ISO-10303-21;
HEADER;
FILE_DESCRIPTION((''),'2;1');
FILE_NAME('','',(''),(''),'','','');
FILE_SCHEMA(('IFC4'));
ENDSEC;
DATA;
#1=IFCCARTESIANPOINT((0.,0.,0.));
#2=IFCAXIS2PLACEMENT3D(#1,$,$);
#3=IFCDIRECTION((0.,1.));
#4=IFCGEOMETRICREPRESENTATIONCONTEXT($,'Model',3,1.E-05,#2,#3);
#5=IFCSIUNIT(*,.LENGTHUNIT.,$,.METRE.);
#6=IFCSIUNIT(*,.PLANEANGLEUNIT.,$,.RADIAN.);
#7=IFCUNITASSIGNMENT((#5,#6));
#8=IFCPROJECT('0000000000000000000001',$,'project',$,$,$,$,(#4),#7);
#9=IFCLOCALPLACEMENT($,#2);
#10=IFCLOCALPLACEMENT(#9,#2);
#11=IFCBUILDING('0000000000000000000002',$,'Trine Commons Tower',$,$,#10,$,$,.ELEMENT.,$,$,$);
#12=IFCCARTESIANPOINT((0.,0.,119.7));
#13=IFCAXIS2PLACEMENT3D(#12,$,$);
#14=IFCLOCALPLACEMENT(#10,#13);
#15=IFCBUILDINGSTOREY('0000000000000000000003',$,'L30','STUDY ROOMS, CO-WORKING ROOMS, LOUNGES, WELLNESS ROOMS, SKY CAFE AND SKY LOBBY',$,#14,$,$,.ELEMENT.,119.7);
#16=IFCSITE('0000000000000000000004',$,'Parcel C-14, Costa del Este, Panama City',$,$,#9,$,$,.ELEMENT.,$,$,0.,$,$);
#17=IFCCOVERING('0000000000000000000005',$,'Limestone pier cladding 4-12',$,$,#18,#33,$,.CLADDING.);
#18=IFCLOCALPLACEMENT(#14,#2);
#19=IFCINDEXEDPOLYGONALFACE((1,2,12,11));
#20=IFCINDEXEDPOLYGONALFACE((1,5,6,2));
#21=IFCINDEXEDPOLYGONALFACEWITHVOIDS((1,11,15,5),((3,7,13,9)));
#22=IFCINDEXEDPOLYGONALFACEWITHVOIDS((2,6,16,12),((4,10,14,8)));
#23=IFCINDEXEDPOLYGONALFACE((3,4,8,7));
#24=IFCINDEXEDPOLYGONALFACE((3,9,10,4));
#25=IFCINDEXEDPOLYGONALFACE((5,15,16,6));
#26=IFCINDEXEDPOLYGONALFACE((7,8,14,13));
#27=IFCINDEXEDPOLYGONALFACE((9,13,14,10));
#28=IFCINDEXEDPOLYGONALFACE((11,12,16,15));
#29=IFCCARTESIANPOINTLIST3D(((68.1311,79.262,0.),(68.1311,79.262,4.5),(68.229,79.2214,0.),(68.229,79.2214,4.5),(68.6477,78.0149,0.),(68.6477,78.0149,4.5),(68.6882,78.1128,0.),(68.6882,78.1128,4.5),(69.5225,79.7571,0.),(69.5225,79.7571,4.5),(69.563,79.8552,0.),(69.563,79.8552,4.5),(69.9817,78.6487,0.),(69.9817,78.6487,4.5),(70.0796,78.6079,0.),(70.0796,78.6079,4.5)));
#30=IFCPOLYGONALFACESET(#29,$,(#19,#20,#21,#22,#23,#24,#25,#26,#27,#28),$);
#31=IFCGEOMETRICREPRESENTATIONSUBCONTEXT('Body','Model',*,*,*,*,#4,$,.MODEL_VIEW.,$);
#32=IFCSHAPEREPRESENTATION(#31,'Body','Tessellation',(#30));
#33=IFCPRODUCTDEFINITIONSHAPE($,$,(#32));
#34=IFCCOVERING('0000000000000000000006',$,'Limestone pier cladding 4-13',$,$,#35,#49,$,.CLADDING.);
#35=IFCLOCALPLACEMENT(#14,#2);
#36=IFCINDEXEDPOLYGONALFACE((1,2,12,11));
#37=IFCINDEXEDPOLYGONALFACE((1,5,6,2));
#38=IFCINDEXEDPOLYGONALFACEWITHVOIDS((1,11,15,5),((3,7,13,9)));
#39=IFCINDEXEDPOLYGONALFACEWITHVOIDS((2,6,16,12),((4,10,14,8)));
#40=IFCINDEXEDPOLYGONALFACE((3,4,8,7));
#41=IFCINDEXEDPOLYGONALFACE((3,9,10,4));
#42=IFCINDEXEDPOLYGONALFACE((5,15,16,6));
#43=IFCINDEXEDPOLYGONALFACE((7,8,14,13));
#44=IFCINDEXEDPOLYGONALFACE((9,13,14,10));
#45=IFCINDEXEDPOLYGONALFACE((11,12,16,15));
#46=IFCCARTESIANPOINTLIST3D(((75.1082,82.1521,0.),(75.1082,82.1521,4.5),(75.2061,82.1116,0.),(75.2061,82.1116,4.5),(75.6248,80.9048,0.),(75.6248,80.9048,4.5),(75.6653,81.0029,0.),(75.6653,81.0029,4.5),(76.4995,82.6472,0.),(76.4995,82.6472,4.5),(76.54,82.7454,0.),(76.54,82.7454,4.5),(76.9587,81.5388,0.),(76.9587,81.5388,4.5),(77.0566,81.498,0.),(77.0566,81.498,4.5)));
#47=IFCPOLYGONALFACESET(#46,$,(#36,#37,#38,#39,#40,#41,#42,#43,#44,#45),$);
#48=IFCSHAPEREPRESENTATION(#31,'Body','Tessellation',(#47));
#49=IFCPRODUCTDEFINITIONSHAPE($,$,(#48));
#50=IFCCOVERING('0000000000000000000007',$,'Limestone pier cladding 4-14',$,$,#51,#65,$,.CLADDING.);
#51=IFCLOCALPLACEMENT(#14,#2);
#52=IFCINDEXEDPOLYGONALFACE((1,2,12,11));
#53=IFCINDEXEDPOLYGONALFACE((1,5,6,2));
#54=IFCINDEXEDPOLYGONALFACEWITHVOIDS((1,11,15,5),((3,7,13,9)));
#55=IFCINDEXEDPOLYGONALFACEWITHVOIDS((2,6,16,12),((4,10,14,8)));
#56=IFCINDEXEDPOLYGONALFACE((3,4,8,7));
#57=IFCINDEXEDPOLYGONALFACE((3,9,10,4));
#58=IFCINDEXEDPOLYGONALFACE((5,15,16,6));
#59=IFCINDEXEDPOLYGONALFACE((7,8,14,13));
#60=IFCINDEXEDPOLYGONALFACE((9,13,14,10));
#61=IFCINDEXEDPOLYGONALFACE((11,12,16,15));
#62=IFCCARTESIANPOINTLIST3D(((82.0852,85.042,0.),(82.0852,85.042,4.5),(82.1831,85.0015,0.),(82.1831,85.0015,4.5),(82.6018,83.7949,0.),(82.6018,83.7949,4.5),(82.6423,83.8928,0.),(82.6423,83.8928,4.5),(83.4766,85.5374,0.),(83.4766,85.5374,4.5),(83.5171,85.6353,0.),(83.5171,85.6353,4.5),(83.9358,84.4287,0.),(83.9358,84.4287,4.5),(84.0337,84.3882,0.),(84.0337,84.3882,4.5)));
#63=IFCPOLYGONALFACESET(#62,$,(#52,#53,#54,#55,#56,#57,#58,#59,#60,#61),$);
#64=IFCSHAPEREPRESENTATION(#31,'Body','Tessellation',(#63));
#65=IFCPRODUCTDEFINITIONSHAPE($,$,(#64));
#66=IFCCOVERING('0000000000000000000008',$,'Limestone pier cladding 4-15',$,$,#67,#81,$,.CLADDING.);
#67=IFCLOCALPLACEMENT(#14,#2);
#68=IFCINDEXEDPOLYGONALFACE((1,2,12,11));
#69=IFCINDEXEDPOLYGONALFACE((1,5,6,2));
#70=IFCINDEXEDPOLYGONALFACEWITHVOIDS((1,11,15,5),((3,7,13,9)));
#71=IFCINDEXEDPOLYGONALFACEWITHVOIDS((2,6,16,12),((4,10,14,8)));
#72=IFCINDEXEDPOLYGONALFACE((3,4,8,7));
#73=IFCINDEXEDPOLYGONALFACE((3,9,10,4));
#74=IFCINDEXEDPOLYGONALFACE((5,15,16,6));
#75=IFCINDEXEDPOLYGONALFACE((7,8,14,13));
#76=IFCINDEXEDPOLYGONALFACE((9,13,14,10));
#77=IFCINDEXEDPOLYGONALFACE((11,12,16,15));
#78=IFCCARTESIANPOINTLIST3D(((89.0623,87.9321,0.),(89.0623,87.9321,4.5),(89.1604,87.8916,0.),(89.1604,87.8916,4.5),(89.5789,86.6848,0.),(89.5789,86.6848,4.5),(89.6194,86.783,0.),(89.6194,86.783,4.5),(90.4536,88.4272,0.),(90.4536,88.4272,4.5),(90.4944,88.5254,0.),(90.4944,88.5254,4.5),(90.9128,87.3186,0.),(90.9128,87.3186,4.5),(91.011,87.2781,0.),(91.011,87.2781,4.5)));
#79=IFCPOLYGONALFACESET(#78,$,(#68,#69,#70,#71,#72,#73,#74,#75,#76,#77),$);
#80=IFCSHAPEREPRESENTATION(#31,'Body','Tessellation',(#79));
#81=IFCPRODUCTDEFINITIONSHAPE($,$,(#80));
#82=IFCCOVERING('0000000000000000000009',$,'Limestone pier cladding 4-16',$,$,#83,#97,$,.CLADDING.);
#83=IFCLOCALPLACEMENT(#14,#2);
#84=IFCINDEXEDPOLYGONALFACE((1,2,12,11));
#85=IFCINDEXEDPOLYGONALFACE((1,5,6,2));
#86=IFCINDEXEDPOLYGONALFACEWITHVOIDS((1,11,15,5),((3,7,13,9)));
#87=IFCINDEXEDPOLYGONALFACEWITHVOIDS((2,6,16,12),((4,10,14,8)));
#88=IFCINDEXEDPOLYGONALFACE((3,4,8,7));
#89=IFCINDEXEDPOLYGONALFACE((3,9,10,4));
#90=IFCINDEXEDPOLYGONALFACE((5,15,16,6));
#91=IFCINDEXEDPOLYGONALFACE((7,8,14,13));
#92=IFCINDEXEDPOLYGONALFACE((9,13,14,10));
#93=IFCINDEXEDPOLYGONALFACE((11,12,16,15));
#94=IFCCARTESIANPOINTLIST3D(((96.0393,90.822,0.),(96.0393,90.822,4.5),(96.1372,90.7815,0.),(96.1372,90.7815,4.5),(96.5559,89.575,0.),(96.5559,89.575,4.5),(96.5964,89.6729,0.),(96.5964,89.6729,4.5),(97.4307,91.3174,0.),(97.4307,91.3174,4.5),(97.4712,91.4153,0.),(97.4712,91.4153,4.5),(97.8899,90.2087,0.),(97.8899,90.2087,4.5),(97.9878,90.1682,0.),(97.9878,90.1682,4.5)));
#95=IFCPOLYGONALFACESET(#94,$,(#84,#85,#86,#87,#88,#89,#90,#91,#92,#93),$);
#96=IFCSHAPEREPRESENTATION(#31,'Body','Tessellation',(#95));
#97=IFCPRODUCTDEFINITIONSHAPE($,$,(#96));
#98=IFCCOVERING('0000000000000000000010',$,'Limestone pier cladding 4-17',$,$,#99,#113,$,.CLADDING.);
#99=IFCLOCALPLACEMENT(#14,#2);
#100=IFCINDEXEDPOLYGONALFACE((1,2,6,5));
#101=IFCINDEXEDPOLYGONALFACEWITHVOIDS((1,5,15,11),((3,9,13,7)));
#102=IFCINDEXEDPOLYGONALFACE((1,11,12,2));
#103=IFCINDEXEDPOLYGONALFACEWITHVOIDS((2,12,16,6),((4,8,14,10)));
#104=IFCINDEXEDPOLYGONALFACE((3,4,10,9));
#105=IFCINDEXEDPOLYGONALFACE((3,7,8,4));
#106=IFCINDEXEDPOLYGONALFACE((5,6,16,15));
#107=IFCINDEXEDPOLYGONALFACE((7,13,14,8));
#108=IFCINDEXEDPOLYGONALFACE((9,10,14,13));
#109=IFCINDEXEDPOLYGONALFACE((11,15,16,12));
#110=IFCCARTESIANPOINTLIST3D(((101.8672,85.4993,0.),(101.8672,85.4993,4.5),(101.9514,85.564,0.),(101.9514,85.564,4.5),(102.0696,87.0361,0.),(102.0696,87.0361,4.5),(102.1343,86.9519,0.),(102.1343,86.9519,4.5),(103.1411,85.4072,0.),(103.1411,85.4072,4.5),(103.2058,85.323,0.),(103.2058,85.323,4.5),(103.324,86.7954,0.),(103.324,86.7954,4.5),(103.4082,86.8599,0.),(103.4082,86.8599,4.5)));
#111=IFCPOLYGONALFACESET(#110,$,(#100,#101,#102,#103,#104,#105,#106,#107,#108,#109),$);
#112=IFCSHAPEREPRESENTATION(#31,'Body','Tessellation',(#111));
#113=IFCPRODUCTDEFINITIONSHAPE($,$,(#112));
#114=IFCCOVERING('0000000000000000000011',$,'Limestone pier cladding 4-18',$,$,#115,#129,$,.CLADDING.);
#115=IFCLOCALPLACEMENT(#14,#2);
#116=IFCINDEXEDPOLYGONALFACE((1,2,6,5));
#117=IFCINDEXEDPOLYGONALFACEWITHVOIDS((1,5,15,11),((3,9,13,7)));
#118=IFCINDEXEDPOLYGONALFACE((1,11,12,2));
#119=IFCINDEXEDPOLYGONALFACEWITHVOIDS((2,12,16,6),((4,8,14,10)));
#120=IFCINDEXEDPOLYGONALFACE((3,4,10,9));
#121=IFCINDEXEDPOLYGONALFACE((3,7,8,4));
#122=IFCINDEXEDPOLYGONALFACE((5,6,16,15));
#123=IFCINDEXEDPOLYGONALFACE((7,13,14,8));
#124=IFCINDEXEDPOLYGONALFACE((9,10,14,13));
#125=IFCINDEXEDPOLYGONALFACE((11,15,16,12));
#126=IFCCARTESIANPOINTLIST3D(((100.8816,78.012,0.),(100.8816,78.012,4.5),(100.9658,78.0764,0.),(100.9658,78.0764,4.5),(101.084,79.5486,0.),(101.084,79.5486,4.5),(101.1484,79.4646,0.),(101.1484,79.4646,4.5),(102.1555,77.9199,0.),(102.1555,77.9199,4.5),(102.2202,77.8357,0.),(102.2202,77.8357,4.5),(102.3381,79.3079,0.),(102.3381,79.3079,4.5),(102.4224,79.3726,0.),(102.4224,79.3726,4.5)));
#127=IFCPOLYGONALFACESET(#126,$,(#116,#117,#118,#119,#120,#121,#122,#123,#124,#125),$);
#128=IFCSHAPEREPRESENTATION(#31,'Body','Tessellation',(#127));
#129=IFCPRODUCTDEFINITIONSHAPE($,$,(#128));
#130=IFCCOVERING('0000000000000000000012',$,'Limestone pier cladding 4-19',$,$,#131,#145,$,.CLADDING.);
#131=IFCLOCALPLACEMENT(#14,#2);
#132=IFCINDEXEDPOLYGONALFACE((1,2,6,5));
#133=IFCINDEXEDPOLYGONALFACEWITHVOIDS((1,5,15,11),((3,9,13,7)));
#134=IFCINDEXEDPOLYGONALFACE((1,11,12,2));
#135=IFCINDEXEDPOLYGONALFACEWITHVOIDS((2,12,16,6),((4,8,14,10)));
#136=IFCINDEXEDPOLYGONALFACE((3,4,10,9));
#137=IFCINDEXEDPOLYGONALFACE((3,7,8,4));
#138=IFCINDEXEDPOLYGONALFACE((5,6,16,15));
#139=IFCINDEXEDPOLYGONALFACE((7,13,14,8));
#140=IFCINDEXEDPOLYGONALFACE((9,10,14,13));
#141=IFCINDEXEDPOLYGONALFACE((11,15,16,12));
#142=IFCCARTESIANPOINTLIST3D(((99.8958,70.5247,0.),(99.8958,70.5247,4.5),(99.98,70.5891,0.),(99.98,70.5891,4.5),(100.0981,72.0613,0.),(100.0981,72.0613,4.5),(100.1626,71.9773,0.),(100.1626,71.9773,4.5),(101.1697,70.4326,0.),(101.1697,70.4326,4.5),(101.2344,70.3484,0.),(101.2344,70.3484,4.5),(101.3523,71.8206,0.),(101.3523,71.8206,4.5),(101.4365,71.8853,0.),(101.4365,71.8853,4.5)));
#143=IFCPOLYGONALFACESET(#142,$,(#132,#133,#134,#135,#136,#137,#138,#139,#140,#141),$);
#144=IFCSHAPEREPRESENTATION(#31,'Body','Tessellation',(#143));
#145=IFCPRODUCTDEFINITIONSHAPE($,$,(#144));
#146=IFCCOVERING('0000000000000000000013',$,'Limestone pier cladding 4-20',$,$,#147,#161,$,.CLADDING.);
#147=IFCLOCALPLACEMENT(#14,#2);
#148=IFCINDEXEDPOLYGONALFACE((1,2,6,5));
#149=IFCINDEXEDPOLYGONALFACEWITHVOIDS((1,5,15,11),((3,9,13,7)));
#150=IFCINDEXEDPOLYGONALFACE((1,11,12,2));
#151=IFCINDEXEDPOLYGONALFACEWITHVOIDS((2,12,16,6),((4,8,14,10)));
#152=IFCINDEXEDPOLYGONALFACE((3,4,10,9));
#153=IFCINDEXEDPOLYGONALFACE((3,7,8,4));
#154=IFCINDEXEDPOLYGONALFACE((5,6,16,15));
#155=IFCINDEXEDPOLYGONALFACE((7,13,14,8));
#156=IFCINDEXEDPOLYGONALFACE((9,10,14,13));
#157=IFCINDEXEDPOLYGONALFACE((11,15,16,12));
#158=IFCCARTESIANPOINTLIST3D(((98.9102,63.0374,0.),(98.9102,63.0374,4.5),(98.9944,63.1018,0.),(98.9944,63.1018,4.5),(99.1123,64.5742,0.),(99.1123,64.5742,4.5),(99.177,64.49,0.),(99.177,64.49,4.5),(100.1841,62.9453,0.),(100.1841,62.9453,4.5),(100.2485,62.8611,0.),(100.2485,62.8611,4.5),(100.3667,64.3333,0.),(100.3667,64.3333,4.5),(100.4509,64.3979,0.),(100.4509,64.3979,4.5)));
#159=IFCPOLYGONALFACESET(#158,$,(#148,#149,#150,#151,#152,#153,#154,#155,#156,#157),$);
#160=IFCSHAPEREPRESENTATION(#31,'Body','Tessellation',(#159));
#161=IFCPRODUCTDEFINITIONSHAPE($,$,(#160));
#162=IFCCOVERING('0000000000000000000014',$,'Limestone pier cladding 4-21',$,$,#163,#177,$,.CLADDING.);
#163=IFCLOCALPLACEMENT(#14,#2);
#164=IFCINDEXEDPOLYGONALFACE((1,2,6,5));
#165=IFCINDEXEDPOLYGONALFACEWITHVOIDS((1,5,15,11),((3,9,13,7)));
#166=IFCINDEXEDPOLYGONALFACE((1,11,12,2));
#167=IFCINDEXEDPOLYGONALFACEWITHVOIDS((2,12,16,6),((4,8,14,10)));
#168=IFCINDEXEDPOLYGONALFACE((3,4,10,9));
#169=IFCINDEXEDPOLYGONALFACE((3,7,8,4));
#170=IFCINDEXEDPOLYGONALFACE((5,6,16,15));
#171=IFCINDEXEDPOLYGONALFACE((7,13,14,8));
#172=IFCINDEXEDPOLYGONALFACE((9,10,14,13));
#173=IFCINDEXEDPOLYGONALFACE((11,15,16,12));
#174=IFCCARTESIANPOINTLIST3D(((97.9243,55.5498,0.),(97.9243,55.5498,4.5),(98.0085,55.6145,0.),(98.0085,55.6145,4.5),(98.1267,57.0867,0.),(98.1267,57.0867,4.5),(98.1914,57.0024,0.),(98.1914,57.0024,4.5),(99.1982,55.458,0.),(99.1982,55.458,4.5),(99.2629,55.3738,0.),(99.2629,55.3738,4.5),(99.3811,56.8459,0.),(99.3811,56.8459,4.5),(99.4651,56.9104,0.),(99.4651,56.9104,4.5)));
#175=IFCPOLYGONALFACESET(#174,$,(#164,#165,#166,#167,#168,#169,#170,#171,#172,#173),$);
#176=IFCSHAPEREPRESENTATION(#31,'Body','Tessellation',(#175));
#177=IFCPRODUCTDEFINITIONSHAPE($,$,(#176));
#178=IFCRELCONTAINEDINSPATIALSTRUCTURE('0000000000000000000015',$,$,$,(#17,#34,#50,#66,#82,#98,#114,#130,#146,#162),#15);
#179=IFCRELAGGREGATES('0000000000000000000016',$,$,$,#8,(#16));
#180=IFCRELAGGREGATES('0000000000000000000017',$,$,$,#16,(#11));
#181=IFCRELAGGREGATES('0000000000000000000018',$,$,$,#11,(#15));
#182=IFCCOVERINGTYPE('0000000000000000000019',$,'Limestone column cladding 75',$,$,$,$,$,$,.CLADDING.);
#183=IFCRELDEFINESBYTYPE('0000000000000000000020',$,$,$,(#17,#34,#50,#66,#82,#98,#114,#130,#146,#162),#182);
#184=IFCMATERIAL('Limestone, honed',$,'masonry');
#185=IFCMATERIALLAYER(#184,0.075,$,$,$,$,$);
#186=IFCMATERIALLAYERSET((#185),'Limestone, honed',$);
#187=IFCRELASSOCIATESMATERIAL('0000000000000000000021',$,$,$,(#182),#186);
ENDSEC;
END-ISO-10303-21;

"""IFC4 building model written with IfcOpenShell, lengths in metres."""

from ifc_helpers import new_model, si_unit, direction, frame, origin, place, context, subcontext, project, spatial, polyline, outline, extrude, material, layer, layer_set, type_object, element, save


model = new_model("IFC4")

# Units and contexts
model_context = context("Model", 3, precision=1e-05, world=origin(), true_north=direction((0.0, 1.0)))
body_context = subcontext(model_context, "Body", "Model", "MODEL_VIEW")
ifc_project = project(units=[si_unit("LENGTHUNIT", "METRE"), si_unit("PLANEANGLEUNIT", "RADIAN")], contexts=[model_context])

# Site, building, storey
site_placement = place(None, origin())
site = spatial("IfcSite", under=ifc_project, at=site_placement, Name="Parcel C-14, Costa del Este, Panama City", CompositionType="ELEMENT", RefElevation=0.0)
building_placement = place(site_placement, origin())
building = spatial("IfcBuilding", under=site, at=building_placement, Name="Trine Commons Tower", CompositionType="ELEMENT")
storey_placement = place(building_placement, frame((0.0, 0.0, 119.7)))
storey = spatial("IfcBuildingStorey", under=building, at=storey_placement, Name="L30", Description="STUDY ROOMS, CO-WORKING ROOMS, LOUNGES, WELLNESS ROOMS, SKY CAFE AND SKY LOBBY", CompositionType="ELEMENT", Elevation=119.7)

# Coverings
ifc_material_1 = material(Name="Limestone, honed", Category="masonry")
ifc_layer_1 = layer(ifc_material_1, 0.075)
ifc_layer_set_1 = layer_set([ifc_layer_1], Name="Limestone, honed")
covering_type_1 = type_object("IfcCoveringType", Name="Limestone column cladding 75", PredefinedType="CLADDING", material=ifc_layer_set_1)
covering_1_placement = place(storey_placement, origin())
element("IfcCovering", 1, at=covering_1_placement, inside=storey, type_object=covering_type_1, Name="Limestone pier cladding 4-12", PredefinedType="CLADDING", context=body_context, shape_type="SweptSolid", body=[
    extrude(outline(polyline([(70.0796, 78.6079), (69.563, 79.8552), (68.1311, 79.262), (68.6477, 78.0149), (70.0796, 78.6079)]), holes=[polyline([(69.9817, 78.6487), (69.5225, 79.7571), (68.229, 79.2214), (68.6882, 78.1128), (69.9817, 78.6487)])]), origin(), (0.0, 0.0, 1.0), 4.5),
])
covering_2_placement = place(storey_placement, origin())
element("IfcCovering", 2, at=covering_2_placement, inside=storey, type_object=covering_type_1, Name="Limestone pier cladding 4-13", PredefinedType="CLADDING", context=body_context, shape_type="SweptSolid", body=[
    extrude(outline(polyline([(77.0566, 81.498), (76.54, 82.7454), (75.1082, 82.1521), (75.6248, 80.9048), (77.0566, 81.498)]), holes=[polyline([(76.9587, 81.5388), (76.4995, 82.6472), (75.2061, 82.1116), (75.6653, 81.0029), (76.9587, 81.5388)])]), origin(), (0.0, 0.0, 1.0), 4.5),
])
covering_3_placement = place(storey_placement, origin())
element("IfcCovering", 3, at=covering_3_placement, inside=storey, type_object=covering_type_1, Name="Limestone pier cladding 4-14", PredefinedType="CLADDING", context=body_context, shape_type="SweptSolid", body=[
    extrude(outline(polyline([(84.0337, 84.3882), (83.5171, 85.6353), (82.0852, 85.042), (82.6018, 83.7949), (84.0337, 84.3882)]), holes=[polyline([(83.9358, 84.4287), (83.4766, 85.5374), (82.1831, 85.0015), (82.6423, 83.8928), (83.9358, 84.4287)])]), origin(), (0.0, 0.0, 1.0), 4.5),
])
covering_4_placement = place(storey_placement, origin())
element("IfcCovering", 4, at=covering_4_placement, inside=storey, type_object=covering_type_1, Name="Limestone pier cladding 4-15", PredefinedType="CLADDING", context=body_context, shape_type="SweptSolid", body=[
    extrude(outline(polyline([(91.011, 87.2781), (90.4944, 88.5254), (89.0623, 87.9321), (89.5789, 86.6848), (91.011, 87.2781)]), holes=[polyline([(90.9128, 87.3186), (90.4536, 88.4272), (89.1604, 87.8916), (89.6194, 86.783), (90.9128, 87.3186)])]), origin(), (0.0, 0.0, 1.0), 4.5),
])
covering_5_placement = place(storey_placement, origin())
element("IfcCovering", 5, at=covering_5_placement, inside=storey, type_object=covering_type_1, Name="Limestone pier cladding 4-16", PredefinedType="CLADDING", context=body_context, shape_type="SweptSolid", body=[
    extrude(outline(polyline([(97.9878, 90.1682), (97.4712, 91.4153), (96.0393, 90.822), (96.5559, 89.575), (97.9878, 90.1682)]), holes=[polyline([(97.8899, 90.2087), (97.4307, 91.3174), (96.1372, 90.7815), (96.5964, 89.6729), (97.8899, 90.2087)])]), origin(), (0.0, 0.0, 1.0), 4.5),
])
covering_6_placement = place(storey_placement, origin())
element("IfcCovering", 6, at=covering_6_placement, inside=storey, type_object=covering_type_1, Name="Limestone pier cladding 4-17", PredefinedType="CLADDING", context=body_context, shape_type="SweptSolid", body=[
    extrude(outline(polyline([(103.4082, 86.8599), (102.0696, 87.0361), (101.8672, 85.4993), (103.2058, 85.323), (103.4082, 86.8599)]), holes=[polyline([(103.324, 86.7954), (102.1343, 86.9519), (101.9514, 85.564), (103.1411, 85.4072), (103.324, 86.7954)])]), origin(), (0.0, 0.0, 1.0), 4.5),
])
covering_7_placement = place(storey_placement, origin())
element("IfcCovering", 7, at=covering_7_placement, inside=storey, type_object=covering_type_1, Name="Limestone pier cladding 4-18", PredefinedType="CLADDING", context=body_context, shape_type="SweptSolid", body=[
    extrude(outline(polyline([(102.4224, 79.3726), (101.084, 79.5486), (100.8816, 78.012), (102.2202, 77.8357), (102.4224, 79.3726)]), holes=[polyline([(102.3381, 79.3079), (101.1484, 79.4646), (100.9658, 78.0764), (102.1555, 77.9199), (102.3381, 79.3079)])]), origin(), (0.0, 0.0, 1.0), 4.5),
])
covering_8_placement = place(storey_placement, origin())
element("IfcCovering", 8, at=covering_8_placement, inside=storey, type_object=covering_type_1, Name="Limestone pier cladding 4-19", PredefinedType="CLADDING", context=body_context, shape_type="SweptSolid", body=[
    extrude(outline(polyline([(101.4365, 71.8853), (100.0981, 72.0613), (99.8958, 70.5247), (101.2344, 70.3484), (101.4365, 71.8853)]), holes=[polyline([(101.3523, 71.8206), (100.1626, 71.9773), (99.98, 70.5891), (101.1697, 70.4326), (101.3523, 71.8206)])]), origin(), (0.0, 0.0, 1.0), 4.5),
])
covering_9_placement = place(storey_placement, origin())
element("IfcCovering", 9, at=covering_9_placement, inside=storey, type_object=covering_type_1, Name="Limestone pier cladding 4-20", PredefinedType="CLADDING", context=body_context, shape_type="SweptSolid", body=[
    extrude(outline(polyline([(100.4509, 64.3979), (99.1123, 64.5742), (98.9102, 63.0374), (100.2485, 62.8611), (100.4509, 64.3979)]), holes=[polyline([(100.3667, 64.3333), (99.177, 64.49), (98.9944, 63.1018), (100.1841, 62.9453), (100.3667, 64.3333)])]), origin(), (0.0, 0.0, 1.0), 4.5),
])
covering_10_placement = place(storey_placement, origin())
element("IfcCovering", 10, at=covering_10_placement, inside=storey, type_object=covering_type_1, Name="Limestone pier cladding 4-21", PredefinedType="CLADDING", context=body_context, shape_type="SweptSolid", body=[
    extrude(outline(polyline([(99.4651, 56.9104), (98.1267, 57.0867), (97.9243, 55.5498), (99.2629, 55.3738), (99.4651, 56.9104)]), holes=[polyline([(99.3811, 56.8459), (98.1914, 57.0024), (98.0085, 55.6145), (99.1982, 55.458), (99.3811, 56.8459)])]), origin(), (0.0, 0.0, 1.0), 4.5),
])

save(model, "model.ifc")
